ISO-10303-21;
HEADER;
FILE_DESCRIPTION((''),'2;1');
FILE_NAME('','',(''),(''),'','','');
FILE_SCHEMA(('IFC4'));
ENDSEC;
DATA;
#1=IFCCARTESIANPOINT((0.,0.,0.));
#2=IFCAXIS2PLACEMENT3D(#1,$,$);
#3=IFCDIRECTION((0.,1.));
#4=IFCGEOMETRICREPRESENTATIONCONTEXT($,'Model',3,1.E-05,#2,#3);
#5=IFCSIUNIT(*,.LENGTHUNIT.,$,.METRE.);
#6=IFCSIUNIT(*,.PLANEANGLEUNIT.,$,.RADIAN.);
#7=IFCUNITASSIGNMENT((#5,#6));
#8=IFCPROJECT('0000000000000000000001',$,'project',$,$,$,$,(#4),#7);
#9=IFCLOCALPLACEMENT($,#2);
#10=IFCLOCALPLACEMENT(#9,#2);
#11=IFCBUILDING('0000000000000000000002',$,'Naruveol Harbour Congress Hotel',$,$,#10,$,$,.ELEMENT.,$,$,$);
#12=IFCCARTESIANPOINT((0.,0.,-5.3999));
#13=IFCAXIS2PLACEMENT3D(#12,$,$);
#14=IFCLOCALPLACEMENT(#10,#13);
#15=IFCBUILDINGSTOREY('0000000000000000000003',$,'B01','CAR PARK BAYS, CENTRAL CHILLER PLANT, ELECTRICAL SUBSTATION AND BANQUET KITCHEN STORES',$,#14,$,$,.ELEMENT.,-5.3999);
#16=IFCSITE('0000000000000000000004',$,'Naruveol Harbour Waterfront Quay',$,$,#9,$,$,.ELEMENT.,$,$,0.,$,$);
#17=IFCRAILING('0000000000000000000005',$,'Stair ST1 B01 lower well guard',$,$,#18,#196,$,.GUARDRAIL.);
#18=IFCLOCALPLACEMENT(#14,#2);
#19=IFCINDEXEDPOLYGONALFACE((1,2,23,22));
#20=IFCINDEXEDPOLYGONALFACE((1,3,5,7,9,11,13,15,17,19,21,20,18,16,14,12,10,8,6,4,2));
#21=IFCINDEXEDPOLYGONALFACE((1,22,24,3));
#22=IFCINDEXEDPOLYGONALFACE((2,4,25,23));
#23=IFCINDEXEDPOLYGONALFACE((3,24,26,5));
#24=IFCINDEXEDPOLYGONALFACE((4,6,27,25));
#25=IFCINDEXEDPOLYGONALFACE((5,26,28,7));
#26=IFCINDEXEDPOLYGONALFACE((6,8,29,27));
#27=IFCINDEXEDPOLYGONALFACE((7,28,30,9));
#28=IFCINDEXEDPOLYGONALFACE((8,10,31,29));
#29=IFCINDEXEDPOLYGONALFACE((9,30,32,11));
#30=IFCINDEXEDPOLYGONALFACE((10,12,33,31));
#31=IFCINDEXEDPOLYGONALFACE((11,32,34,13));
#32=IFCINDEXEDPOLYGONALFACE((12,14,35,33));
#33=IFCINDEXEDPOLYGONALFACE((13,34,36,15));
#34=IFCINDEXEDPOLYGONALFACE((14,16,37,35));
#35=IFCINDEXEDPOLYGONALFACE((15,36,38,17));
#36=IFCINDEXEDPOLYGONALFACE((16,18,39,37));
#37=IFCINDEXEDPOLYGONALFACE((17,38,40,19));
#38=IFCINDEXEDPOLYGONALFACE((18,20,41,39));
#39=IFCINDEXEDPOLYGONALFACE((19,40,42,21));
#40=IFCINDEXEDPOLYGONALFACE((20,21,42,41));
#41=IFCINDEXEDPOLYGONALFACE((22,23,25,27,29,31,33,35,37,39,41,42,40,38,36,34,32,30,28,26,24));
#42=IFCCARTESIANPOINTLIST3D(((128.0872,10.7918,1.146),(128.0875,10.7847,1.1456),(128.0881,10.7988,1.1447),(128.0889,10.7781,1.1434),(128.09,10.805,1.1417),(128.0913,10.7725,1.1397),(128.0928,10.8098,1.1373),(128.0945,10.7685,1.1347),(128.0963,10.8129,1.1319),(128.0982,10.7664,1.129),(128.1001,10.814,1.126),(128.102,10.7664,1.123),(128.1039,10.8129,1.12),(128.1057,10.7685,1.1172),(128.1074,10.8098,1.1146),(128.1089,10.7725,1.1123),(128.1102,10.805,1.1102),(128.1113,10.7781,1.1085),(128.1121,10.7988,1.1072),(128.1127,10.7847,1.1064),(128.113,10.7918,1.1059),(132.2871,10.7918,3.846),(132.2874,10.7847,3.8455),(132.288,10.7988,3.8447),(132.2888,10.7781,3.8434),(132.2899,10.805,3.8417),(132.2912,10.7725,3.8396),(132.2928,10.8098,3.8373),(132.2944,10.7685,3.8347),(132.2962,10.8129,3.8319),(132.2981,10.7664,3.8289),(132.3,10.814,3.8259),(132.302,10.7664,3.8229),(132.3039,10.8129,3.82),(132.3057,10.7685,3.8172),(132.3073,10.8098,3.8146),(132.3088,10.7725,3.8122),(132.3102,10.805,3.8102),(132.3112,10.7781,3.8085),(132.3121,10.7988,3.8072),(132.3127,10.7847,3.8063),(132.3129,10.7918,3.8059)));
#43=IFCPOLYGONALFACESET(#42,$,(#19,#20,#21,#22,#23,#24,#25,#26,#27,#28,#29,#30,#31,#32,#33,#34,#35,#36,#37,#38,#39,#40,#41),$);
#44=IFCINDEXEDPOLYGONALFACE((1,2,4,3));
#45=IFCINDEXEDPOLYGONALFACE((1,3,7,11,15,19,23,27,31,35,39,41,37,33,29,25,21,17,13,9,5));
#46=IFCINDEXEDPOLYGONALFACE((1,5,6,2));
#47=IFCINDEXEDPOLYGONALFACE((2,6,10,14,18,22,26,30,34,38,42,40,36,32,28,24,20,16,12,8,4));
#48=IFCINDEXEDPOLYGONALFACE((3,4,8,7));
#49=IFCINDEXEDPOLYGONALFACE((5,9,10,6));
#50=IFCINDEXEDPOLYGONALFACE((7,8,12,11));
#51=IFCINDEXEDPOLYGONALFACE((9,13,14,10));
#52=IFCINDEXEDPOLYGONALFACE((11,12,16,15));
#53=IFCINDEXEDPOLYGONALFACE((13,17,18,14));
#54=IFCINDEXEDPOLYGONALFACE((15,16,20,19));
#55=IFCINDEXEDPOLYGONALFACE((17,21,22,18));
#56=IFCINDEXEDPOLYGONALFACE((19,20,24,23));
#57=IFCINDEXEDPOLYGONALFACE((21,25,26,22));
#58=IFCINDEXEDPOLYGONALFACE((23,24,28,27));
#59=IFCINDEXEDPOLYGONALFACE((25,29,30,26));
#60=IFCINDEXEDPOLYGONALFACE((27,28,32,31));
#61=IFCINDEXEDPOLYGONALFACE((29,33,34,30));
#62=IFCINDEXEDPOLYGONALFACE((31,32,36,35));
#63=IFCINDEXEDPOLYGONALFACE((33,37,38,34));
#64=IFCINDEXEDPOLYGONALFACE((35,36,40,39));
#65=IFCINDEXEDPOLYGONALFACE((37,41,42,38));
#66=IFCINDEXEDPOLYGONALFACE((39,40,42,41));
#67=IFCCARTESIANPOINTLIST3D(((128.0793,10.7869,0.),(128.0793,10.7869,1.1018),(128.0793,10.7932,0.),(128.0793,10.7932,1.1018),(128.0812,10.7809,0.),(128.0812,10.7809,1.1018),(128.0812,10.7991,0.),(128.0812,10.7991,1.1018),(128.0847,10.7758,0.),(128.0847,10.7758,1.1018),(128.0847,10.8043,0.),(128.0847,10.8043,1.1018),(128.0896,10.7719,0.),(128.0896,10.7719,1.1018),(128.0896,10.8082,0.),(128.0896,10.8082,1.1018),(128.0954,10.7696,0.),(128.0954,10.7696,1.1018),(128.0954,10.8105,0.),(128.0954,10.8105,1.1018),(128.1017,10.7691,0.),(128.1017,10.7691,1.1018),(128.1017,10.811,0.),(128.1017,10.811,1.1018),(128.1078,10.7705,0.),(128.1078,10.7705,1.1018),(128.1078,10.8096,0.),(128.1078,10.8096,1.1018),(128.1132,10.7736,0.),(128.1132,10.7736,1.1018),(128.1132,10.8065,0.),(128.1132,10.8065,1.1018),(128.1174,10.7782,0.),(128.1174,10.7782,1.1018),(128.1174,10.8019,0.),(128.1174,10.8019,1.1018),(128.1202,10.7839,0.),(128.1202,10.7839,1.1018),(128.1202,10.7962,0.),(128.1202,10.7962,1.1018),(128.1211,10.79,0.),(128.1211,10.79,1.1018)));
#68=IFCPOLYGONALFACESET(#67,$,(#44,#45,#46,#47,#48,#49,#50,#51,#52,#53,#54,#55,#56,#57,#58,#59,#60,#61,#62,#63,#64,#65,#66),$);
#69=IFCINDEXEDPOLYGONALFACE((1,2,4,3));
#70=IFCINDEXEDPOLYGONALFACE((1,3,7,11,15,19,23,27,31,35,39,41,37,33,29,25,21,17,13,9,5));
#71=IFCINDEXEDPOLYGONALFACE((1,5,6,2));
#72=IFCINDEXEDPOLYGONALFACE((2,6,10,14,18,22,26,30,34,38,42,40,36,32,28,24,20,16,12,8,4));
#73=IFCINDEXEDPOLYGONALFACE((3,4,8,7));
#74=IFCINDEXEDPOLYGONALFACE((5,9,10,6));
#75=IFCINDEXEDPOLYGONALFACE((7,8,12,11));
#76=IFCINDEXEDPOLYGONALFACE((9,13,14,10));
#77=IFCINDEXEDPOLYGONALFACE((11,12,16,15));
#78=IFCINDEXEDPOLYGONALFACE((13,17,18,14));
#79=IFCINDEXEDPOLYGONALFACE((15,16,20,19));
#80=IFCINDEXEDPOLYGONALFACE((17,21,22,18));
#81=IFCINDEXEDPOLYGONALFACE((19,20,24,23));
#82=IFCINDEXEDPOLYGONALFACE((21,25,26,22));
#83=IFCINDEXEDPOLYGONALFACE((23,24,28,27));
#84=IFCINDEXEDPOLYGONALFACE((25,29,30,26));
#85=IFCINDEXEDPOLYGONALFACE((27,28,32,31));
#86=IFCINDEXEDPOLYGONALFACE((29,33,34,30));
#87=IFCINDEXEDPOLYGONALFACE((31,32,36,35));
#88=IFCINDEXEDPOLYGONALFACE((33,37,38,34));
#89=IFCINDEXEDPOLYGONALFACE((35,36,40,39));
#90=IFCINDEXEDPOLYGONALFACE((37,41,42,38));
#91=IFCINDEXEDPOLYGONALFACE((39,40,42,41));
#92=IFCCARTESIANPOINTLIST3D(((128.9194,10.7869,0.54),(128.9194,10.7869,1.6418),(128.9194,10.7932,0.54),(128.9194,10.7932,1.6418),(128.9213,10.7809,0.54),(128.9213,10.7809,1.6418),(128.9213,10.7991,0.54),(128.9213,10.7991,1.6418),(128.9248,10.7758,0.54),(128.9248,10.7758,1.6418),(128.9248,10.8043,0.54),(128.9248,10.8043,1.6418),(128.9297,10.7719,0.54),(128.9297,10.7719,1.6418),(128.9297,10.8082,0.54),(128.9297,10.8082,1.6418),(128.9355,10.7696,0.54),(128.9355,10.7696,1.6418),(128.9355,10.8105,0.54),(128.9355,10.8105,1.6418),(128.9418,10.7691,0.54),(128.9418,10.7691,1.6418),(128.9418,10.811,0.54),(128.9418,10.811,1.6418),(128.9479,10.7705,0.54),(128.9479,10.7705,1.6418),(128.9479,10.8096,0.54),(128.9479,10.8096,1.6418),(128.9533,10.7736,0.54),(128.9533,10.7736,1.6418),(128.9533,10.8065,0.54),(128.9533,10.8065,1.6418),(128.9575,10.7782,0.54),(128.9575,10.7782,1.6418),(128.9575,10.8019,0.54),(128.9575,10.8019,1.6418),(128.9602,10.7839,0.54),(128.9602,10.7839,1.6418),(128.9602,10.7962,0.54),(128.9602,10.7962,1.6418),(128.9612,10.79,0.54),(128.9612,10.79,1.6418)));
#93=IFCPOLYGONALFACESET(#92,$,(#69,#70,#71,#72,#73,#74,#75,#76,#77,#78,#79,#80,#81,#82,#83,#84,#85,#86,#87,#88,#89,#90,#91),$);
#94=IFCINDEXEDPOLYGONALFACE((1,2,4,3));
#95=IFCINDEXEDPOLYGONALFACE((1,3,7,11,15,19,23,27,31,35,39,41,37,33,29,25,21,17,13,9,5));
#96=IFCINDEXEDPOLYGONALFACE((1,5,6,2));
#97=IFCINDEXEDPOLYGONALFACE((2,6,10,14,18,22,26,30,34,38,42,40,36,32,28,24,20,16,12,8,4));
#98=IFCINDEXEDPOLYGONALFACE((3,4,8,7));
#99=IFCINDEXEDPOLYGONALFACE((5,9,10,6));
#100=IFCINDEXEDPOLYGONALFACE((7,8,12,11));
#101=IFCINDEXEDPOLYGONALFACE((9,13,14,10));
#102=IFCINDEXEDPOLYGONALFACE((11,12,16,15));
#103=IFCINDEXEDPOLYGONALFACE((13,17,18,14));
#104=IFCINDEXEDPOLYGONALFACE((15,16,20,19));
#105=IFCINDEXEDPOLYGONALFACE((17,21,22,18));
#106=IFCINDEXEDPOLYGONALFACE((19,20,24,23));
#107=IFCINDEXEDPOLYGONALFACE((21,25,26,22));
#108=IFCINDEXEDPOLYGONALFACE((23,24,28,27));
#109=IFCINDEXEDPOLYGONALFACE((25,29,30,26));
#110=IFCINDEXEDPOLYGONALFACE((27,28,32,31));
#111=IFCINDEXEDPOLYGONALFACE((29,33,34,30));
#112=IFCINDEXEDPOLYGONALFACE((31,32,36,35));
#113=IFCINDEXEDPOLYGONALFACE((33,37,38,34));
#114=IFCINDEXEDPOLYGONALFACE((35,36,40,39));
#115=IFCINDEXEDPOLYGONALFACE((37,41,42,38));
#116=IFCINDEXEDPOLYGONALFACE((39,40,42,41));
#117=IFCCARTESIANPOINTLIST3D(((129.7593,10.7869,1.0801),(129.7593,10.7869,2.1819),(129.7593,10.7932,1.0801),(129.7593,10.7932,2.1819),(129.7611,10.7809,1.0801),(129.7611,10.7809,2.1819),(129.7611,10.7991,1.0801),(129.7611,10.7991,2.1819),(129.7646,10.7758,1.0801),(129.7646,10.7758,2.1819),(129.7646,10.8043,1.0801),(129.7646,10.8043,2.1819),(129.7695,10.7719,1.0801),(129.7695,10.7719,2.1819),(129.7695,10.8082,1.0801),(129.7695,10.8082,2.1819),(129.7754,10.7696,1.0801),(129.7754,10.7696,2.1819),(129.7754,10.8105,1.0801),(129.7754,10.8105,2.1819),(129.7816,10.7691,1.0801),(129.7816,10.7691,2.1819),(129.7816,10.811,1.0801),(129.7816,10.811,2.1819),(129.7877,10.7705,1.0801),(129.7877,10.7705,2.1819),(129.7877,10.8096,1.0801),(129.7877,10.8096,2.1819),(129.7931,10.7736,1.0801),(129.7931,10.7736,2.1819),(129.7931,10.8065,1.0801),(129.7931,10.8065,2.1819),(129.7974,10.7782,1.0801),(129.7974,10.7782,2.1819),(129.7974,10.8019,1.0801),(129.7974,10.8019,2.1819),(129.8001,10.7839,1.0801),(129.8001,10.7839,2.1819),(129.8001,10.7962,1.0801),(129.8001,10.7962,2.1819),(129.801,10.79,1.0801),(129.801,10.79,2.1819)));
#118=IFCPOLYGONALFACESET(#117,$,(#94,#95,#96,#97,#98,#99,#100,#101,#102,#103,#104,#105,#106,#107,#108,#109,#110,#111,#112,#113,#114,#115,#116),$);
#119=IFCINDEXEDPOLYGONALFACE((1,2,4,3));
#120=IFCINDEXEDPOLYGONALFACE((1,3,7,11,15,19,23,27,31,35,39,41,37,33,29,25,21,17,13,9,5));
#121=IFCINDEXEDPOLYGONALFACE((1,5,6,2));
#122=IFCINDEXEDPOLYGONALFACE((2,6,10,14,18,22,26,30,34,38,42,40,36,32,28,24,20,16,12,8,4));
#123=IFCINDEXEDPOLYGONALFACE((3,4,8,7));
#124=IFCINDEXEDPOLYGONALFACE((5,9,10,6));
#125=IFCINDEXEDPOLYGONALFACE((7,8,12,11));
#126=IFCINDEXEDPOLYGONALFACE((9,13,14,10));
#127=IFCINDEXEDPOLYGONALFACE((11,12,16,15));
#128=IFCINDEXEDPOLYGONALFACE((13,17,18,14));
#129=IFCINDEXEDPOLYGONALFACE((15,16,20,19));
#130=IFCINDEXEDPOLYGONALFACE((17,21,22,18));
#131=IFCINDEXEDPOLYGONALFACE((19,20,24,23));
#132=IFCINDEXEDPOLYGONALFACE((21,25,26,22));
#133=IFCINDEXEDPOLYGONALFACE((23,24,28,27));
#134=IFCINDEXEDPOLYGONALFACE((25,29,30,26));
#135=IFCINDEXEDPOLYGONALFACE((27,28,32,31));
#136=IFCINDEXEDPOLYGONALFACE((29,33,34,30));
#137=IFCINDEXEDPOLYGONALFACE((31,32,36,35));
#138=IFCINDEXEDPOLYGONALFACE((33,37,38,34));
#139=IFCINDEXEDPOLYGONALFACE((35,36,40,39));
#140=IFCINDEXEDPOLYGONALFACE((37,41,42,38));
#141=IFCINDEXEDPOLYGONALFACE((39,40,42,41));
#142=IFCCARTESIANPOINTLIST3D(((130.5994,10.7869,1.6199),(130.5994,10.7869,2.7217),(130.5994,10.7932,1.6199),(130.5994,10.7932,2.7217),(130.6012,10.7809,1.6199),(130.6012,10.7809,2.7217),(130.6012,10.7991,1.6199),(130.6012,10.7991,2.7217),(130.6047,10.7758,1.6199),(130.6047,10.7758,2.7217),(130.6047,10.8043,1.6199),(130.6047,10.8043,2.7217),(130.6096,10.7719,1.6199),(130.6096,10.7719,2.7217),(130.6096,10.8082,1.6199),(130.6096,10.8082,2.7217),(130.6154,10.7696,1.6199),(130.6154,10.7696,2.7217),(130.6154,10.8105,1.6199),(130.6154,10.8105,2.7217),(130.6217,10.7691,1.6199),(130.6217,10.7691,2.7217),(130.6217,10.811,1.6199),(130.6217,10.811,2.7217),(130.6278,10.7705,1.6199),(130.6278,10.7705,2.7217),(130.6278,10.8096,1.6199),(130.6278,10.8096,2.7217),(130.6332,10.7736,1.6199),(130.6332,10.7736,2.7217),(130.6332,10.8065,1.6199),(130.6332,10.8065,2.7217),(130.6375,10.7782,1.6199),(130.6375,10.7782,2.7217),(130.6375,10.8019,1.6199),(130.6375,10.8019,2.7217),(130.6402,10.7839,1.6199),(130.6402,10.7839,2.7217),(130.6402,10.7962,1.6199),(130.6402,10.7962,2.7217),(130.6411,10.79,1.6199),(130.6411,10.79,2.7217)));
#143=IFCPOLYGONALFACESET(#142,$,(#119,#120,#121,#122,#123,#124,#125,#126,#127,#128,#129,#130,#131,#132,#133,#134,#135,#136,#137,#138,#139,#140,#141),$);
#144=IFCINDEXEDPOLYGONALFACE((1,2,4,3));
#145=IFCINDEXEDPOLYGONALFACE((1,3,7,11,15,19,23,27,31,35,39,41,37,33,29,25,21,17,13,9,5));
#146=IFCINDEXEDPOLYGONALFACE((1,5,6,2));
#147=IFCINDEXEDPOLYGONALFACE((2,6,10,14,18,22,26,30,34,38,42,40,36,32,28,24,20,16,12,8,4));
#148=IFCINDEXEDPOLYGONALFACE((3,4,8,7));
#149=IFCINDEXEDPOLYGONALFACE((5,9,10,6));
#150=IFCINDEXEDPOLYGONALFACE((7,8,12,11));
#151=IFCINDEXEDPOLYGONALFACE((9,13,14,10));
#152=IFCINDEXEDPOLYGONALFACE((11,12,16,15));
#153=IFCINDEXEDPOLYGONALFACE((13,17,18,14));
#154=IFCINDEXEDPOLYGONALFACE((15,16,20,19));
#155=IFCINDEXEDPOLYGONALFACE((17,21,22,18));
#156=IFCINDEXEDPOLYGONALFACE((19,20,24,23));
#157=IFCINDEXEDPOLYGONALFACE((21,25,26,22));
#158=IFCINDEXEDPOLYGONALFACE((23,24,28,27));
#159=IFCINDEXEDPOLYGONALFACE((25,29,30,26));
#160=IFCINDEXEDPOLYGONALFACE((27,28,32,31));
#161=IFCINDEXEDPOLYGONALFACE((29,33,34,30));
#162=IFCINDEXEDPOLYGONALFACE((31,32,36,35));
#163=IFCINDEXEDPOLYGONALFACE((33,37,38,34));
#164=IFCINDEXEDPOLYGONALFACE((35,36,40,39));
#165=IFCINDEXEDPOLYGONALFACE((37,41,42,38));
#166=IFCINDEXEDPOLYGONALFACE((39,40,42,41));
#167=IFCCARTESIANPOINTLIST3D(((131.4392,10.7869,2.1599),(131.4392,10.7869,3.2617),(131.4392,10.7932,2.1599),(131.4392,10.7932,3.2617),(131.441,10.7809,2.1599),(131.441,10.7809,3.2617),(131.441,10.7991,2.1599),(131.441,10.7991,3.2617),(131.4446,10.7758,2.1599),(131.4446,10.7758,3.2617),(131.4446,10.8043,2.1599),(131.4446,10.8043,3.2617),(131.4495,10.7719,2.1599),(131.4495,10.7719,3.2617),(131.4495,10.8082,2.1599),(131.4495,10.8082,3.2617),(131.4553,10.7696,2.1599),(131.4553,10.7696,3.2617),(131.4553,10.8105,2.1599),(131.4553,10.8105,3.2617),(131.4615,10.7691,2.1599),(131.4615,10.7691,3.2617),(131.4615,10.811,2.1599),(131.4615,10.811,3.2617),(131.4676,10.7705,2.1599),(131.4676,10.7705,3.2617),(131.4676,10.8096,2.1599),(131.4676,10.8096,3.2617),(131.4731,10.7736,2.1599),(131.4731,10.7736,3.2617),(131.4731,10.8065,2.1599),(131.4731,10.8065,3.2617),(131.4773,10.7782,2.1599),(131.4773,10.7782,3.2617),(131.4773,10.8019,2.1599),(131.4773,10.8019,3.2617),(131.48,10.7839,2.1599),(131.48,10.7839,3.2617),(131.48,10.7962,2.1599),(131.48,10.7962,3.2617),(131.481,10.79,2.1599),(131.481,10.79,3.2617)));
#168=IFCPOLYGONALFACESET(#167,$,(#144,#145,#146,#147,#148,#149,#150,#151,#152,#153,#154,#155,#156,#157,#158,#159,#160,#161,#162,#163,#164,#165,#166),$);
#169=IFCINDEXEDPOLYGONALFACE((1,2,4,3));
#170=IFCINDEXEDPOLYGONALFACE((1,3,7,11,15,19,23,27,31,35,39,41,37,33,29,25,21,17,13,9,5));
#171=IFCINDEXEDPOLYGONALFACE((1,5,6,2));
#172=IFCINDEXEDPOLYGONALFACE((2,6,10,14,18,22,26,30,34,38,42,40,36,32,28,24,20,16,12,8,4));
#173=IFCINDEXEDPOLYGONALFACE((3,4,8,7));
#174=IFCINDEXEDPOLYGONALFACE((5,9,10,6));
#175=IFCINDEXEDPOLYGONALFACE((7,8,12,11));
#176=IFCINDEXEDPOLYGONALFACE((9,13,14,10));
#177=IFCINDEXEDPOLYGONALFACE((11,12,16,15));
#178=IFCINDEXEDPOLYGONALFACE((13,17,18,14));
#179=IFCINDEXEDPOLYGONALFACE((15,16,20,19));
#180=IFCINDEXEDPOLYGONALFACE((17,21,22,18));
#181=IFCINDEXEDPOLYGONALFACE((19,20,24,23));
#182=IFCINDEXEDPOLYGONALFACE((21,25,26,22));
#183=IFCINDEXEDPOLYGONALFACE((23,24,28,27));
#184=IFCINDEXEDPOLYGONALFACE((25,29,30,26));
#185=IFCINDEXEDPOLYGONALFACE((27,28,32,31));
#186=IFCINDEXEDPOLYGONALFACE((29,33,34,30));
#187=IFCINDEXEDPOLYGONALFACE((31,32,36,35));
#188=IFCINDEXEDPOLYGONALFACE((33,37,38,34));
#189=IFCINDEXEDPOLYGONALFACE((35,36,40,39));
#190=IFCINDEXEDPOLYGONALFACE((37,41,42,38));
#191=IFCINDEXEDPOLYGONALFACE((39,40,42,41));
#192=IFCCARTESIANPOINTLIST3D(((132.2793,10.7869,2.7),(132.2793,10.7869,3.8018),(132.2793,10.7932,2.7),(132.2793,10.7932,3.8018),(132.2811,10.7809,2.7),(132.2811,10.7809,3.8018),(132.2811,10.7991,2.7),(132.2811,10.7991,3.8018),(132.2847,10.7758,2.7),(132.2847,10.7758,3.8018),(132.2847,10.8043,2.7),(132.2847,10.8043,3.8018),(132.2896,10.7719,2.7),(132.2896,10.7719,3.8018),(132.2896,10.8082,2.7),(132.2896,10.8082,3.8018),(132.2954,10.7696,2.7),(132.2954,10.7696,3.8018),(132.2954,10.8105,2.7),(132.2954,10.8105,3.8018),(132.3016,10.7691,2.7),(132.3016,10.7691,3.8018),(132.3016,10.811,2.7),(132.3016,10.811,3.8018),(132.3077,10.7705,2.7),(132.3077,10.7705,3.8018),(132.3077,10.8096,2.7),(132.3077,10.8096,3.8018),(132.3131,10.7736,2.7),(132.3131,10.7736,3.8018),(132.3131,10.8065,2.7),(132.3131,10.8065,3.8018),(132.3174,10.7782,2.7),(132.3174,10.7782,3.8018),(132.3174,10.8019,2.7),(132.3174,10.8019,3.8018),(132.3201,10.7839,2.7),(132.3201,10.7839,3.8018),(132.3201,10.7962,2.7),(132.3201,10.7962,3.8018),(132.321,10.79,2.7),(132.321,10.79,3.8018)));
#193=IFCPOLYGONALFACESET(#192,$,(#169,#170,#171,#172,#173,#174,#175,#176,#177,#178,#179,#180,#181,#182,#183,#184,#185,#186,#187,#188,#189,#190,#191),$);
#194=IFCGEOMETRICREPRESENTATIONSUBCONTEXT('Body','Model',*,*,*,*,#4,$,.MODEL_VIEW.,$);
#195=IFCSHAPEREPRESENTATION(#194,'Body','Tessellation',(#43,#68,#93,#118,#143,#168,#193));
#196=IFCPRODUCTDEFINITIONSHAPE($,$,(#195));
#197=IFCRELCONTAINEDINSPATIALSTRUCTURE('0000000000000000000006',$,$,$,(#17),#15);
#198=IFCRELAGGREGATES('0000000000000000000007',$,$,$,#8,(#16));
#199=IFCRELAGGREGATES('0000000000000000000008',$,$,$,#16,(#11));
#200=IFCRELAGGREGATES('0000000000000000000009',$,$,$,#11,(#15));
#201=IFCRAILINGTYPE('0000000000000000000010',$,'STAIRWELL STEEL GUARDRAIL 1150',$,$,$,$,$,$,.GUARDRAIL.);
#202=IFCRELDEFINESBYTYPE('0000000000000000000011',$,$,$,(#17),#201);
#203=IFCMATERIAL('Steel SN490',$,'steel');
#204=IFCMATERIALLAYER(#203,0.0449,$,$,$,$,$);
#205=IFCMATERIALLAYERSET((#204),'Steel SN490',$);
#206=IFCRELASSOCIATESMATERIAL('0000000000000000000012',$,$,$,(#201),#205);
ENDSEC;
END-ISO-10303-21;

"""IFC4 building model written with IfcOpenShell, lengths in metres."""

from ifc_helpers import new_model, si_unit, direction, frame, origin, origin_2d, place, context, subcontext, project, spatial, circle, extrude, material, layer, layer_set, type_object, element, save


model = new_model("IFC4")

# Units and contexts
model_context = context("Model", 3, precision=1e-05, world=origin(), true_north=direction((0.0, 1.0)))
body_context = subcontext(model_context, "Body", "Model", "MODEL_VIEW")
ifc_project = project(units=[si_unit("LENGTHUNIT", "METRE"), si_unit("PLANEANGLEUNIT", "RADIAN")], contexts=[model_context])

# Site, building, storey
site_placement = place(None, origin())
site = spatial("IfcSite", under=ifc_project, at=site_placement, Name="Naruveol Harbour Waterfront Quay", CompositionType="ELEMENT", RefElevation=0.0)
building_placement = place(site_placement, origin())
building = spatial("IfcBuilding", under=site, at=building_placement, Name="Naruveol Harbour Congress Hotel", CompositionType="ELEMENT")
storey_placement = place(building_placement, frame((0.0, 0.0, -5.3999)))
storey = spatial("IfcBuildingStorey", under=building, at=storey_placement, Name="B01", Description="CAR PARK BAYS, CENTRAL CHILLER PLANT, ELECTRICAL SUBSTATION AND BANQUET KITCHEN STORES", CompositionType="ELEMENT", Elevation=-5.3999)

# Railing
ifc_material_1 = material(Name="Steel SN490", Category="steel")
ifc_layer_1 = layer(ifc_material_1, 0.0449)
ifc_layer_set_1 = layer_set([ifc_layer_1], Name="Steel SN490")
railing_type_1 = type_object("IfcRailingType", Name="STAIRWELL STEEL GUARDRAIL 1150", PredefinedType="GUARDRAIL", material=ifc_layer_set_1)
railing_1_placement = place(storey_placement, frame((128.1001, 10.79, 0.0)))
element("IfcRailing", 1, at=railing_1_placement, inside=storey, type_object=railing_type_1, Name="Stair ST1 B01 lower well guard", PredefinedType="GUARDRAIL", context=body_context, shape_type="SweptSolid", body=[
    extrude(circle(Radius=0.0239, at=origin_2d()), frame((0.0, 0.0, 1.126), z_axis=(0.84118, 0.0, 0.540755), x_axis=(0.0, 1.0, 0.0)), (0.0, 0.0, 1.0), 4.9929),
    extrude(circle(Radius=0.021, at=origin_2d()), origin(), (0.0, 0.0, 1.0), 1.1018),
    extrude(circle(Radius=0.021, at=origin_2d()), frame((0.8401, 0.0, 0.54)), (0.0, 0.0, 1.0), 1.1018),
    extrude(circle(Radius=0.021, at=origin_2d()), frame((1.6799, 0.0, 1.0801)), (0.0, 0.0, 1.0), 1.1018),
    extrude(circle(Radius=0.021, at=origin_2d()), frame((2.52, 0.0, 1.6199)), (0.0, 0.0, 1.0), 1.1018),
    extrude(circle(Radius=0.021, at=origin_2d()), frame((3.3599, 0.0, 2.1599)), (0.0, 0.0, 1.0), 1.1018),
    extrude(circle(Radius=0.021, at=origin_2d()), frame((4.2, 0.0, 2.7)), (0.0, 0.0, 1.0), 1.1018),
])

save(model, "model.ifc")
